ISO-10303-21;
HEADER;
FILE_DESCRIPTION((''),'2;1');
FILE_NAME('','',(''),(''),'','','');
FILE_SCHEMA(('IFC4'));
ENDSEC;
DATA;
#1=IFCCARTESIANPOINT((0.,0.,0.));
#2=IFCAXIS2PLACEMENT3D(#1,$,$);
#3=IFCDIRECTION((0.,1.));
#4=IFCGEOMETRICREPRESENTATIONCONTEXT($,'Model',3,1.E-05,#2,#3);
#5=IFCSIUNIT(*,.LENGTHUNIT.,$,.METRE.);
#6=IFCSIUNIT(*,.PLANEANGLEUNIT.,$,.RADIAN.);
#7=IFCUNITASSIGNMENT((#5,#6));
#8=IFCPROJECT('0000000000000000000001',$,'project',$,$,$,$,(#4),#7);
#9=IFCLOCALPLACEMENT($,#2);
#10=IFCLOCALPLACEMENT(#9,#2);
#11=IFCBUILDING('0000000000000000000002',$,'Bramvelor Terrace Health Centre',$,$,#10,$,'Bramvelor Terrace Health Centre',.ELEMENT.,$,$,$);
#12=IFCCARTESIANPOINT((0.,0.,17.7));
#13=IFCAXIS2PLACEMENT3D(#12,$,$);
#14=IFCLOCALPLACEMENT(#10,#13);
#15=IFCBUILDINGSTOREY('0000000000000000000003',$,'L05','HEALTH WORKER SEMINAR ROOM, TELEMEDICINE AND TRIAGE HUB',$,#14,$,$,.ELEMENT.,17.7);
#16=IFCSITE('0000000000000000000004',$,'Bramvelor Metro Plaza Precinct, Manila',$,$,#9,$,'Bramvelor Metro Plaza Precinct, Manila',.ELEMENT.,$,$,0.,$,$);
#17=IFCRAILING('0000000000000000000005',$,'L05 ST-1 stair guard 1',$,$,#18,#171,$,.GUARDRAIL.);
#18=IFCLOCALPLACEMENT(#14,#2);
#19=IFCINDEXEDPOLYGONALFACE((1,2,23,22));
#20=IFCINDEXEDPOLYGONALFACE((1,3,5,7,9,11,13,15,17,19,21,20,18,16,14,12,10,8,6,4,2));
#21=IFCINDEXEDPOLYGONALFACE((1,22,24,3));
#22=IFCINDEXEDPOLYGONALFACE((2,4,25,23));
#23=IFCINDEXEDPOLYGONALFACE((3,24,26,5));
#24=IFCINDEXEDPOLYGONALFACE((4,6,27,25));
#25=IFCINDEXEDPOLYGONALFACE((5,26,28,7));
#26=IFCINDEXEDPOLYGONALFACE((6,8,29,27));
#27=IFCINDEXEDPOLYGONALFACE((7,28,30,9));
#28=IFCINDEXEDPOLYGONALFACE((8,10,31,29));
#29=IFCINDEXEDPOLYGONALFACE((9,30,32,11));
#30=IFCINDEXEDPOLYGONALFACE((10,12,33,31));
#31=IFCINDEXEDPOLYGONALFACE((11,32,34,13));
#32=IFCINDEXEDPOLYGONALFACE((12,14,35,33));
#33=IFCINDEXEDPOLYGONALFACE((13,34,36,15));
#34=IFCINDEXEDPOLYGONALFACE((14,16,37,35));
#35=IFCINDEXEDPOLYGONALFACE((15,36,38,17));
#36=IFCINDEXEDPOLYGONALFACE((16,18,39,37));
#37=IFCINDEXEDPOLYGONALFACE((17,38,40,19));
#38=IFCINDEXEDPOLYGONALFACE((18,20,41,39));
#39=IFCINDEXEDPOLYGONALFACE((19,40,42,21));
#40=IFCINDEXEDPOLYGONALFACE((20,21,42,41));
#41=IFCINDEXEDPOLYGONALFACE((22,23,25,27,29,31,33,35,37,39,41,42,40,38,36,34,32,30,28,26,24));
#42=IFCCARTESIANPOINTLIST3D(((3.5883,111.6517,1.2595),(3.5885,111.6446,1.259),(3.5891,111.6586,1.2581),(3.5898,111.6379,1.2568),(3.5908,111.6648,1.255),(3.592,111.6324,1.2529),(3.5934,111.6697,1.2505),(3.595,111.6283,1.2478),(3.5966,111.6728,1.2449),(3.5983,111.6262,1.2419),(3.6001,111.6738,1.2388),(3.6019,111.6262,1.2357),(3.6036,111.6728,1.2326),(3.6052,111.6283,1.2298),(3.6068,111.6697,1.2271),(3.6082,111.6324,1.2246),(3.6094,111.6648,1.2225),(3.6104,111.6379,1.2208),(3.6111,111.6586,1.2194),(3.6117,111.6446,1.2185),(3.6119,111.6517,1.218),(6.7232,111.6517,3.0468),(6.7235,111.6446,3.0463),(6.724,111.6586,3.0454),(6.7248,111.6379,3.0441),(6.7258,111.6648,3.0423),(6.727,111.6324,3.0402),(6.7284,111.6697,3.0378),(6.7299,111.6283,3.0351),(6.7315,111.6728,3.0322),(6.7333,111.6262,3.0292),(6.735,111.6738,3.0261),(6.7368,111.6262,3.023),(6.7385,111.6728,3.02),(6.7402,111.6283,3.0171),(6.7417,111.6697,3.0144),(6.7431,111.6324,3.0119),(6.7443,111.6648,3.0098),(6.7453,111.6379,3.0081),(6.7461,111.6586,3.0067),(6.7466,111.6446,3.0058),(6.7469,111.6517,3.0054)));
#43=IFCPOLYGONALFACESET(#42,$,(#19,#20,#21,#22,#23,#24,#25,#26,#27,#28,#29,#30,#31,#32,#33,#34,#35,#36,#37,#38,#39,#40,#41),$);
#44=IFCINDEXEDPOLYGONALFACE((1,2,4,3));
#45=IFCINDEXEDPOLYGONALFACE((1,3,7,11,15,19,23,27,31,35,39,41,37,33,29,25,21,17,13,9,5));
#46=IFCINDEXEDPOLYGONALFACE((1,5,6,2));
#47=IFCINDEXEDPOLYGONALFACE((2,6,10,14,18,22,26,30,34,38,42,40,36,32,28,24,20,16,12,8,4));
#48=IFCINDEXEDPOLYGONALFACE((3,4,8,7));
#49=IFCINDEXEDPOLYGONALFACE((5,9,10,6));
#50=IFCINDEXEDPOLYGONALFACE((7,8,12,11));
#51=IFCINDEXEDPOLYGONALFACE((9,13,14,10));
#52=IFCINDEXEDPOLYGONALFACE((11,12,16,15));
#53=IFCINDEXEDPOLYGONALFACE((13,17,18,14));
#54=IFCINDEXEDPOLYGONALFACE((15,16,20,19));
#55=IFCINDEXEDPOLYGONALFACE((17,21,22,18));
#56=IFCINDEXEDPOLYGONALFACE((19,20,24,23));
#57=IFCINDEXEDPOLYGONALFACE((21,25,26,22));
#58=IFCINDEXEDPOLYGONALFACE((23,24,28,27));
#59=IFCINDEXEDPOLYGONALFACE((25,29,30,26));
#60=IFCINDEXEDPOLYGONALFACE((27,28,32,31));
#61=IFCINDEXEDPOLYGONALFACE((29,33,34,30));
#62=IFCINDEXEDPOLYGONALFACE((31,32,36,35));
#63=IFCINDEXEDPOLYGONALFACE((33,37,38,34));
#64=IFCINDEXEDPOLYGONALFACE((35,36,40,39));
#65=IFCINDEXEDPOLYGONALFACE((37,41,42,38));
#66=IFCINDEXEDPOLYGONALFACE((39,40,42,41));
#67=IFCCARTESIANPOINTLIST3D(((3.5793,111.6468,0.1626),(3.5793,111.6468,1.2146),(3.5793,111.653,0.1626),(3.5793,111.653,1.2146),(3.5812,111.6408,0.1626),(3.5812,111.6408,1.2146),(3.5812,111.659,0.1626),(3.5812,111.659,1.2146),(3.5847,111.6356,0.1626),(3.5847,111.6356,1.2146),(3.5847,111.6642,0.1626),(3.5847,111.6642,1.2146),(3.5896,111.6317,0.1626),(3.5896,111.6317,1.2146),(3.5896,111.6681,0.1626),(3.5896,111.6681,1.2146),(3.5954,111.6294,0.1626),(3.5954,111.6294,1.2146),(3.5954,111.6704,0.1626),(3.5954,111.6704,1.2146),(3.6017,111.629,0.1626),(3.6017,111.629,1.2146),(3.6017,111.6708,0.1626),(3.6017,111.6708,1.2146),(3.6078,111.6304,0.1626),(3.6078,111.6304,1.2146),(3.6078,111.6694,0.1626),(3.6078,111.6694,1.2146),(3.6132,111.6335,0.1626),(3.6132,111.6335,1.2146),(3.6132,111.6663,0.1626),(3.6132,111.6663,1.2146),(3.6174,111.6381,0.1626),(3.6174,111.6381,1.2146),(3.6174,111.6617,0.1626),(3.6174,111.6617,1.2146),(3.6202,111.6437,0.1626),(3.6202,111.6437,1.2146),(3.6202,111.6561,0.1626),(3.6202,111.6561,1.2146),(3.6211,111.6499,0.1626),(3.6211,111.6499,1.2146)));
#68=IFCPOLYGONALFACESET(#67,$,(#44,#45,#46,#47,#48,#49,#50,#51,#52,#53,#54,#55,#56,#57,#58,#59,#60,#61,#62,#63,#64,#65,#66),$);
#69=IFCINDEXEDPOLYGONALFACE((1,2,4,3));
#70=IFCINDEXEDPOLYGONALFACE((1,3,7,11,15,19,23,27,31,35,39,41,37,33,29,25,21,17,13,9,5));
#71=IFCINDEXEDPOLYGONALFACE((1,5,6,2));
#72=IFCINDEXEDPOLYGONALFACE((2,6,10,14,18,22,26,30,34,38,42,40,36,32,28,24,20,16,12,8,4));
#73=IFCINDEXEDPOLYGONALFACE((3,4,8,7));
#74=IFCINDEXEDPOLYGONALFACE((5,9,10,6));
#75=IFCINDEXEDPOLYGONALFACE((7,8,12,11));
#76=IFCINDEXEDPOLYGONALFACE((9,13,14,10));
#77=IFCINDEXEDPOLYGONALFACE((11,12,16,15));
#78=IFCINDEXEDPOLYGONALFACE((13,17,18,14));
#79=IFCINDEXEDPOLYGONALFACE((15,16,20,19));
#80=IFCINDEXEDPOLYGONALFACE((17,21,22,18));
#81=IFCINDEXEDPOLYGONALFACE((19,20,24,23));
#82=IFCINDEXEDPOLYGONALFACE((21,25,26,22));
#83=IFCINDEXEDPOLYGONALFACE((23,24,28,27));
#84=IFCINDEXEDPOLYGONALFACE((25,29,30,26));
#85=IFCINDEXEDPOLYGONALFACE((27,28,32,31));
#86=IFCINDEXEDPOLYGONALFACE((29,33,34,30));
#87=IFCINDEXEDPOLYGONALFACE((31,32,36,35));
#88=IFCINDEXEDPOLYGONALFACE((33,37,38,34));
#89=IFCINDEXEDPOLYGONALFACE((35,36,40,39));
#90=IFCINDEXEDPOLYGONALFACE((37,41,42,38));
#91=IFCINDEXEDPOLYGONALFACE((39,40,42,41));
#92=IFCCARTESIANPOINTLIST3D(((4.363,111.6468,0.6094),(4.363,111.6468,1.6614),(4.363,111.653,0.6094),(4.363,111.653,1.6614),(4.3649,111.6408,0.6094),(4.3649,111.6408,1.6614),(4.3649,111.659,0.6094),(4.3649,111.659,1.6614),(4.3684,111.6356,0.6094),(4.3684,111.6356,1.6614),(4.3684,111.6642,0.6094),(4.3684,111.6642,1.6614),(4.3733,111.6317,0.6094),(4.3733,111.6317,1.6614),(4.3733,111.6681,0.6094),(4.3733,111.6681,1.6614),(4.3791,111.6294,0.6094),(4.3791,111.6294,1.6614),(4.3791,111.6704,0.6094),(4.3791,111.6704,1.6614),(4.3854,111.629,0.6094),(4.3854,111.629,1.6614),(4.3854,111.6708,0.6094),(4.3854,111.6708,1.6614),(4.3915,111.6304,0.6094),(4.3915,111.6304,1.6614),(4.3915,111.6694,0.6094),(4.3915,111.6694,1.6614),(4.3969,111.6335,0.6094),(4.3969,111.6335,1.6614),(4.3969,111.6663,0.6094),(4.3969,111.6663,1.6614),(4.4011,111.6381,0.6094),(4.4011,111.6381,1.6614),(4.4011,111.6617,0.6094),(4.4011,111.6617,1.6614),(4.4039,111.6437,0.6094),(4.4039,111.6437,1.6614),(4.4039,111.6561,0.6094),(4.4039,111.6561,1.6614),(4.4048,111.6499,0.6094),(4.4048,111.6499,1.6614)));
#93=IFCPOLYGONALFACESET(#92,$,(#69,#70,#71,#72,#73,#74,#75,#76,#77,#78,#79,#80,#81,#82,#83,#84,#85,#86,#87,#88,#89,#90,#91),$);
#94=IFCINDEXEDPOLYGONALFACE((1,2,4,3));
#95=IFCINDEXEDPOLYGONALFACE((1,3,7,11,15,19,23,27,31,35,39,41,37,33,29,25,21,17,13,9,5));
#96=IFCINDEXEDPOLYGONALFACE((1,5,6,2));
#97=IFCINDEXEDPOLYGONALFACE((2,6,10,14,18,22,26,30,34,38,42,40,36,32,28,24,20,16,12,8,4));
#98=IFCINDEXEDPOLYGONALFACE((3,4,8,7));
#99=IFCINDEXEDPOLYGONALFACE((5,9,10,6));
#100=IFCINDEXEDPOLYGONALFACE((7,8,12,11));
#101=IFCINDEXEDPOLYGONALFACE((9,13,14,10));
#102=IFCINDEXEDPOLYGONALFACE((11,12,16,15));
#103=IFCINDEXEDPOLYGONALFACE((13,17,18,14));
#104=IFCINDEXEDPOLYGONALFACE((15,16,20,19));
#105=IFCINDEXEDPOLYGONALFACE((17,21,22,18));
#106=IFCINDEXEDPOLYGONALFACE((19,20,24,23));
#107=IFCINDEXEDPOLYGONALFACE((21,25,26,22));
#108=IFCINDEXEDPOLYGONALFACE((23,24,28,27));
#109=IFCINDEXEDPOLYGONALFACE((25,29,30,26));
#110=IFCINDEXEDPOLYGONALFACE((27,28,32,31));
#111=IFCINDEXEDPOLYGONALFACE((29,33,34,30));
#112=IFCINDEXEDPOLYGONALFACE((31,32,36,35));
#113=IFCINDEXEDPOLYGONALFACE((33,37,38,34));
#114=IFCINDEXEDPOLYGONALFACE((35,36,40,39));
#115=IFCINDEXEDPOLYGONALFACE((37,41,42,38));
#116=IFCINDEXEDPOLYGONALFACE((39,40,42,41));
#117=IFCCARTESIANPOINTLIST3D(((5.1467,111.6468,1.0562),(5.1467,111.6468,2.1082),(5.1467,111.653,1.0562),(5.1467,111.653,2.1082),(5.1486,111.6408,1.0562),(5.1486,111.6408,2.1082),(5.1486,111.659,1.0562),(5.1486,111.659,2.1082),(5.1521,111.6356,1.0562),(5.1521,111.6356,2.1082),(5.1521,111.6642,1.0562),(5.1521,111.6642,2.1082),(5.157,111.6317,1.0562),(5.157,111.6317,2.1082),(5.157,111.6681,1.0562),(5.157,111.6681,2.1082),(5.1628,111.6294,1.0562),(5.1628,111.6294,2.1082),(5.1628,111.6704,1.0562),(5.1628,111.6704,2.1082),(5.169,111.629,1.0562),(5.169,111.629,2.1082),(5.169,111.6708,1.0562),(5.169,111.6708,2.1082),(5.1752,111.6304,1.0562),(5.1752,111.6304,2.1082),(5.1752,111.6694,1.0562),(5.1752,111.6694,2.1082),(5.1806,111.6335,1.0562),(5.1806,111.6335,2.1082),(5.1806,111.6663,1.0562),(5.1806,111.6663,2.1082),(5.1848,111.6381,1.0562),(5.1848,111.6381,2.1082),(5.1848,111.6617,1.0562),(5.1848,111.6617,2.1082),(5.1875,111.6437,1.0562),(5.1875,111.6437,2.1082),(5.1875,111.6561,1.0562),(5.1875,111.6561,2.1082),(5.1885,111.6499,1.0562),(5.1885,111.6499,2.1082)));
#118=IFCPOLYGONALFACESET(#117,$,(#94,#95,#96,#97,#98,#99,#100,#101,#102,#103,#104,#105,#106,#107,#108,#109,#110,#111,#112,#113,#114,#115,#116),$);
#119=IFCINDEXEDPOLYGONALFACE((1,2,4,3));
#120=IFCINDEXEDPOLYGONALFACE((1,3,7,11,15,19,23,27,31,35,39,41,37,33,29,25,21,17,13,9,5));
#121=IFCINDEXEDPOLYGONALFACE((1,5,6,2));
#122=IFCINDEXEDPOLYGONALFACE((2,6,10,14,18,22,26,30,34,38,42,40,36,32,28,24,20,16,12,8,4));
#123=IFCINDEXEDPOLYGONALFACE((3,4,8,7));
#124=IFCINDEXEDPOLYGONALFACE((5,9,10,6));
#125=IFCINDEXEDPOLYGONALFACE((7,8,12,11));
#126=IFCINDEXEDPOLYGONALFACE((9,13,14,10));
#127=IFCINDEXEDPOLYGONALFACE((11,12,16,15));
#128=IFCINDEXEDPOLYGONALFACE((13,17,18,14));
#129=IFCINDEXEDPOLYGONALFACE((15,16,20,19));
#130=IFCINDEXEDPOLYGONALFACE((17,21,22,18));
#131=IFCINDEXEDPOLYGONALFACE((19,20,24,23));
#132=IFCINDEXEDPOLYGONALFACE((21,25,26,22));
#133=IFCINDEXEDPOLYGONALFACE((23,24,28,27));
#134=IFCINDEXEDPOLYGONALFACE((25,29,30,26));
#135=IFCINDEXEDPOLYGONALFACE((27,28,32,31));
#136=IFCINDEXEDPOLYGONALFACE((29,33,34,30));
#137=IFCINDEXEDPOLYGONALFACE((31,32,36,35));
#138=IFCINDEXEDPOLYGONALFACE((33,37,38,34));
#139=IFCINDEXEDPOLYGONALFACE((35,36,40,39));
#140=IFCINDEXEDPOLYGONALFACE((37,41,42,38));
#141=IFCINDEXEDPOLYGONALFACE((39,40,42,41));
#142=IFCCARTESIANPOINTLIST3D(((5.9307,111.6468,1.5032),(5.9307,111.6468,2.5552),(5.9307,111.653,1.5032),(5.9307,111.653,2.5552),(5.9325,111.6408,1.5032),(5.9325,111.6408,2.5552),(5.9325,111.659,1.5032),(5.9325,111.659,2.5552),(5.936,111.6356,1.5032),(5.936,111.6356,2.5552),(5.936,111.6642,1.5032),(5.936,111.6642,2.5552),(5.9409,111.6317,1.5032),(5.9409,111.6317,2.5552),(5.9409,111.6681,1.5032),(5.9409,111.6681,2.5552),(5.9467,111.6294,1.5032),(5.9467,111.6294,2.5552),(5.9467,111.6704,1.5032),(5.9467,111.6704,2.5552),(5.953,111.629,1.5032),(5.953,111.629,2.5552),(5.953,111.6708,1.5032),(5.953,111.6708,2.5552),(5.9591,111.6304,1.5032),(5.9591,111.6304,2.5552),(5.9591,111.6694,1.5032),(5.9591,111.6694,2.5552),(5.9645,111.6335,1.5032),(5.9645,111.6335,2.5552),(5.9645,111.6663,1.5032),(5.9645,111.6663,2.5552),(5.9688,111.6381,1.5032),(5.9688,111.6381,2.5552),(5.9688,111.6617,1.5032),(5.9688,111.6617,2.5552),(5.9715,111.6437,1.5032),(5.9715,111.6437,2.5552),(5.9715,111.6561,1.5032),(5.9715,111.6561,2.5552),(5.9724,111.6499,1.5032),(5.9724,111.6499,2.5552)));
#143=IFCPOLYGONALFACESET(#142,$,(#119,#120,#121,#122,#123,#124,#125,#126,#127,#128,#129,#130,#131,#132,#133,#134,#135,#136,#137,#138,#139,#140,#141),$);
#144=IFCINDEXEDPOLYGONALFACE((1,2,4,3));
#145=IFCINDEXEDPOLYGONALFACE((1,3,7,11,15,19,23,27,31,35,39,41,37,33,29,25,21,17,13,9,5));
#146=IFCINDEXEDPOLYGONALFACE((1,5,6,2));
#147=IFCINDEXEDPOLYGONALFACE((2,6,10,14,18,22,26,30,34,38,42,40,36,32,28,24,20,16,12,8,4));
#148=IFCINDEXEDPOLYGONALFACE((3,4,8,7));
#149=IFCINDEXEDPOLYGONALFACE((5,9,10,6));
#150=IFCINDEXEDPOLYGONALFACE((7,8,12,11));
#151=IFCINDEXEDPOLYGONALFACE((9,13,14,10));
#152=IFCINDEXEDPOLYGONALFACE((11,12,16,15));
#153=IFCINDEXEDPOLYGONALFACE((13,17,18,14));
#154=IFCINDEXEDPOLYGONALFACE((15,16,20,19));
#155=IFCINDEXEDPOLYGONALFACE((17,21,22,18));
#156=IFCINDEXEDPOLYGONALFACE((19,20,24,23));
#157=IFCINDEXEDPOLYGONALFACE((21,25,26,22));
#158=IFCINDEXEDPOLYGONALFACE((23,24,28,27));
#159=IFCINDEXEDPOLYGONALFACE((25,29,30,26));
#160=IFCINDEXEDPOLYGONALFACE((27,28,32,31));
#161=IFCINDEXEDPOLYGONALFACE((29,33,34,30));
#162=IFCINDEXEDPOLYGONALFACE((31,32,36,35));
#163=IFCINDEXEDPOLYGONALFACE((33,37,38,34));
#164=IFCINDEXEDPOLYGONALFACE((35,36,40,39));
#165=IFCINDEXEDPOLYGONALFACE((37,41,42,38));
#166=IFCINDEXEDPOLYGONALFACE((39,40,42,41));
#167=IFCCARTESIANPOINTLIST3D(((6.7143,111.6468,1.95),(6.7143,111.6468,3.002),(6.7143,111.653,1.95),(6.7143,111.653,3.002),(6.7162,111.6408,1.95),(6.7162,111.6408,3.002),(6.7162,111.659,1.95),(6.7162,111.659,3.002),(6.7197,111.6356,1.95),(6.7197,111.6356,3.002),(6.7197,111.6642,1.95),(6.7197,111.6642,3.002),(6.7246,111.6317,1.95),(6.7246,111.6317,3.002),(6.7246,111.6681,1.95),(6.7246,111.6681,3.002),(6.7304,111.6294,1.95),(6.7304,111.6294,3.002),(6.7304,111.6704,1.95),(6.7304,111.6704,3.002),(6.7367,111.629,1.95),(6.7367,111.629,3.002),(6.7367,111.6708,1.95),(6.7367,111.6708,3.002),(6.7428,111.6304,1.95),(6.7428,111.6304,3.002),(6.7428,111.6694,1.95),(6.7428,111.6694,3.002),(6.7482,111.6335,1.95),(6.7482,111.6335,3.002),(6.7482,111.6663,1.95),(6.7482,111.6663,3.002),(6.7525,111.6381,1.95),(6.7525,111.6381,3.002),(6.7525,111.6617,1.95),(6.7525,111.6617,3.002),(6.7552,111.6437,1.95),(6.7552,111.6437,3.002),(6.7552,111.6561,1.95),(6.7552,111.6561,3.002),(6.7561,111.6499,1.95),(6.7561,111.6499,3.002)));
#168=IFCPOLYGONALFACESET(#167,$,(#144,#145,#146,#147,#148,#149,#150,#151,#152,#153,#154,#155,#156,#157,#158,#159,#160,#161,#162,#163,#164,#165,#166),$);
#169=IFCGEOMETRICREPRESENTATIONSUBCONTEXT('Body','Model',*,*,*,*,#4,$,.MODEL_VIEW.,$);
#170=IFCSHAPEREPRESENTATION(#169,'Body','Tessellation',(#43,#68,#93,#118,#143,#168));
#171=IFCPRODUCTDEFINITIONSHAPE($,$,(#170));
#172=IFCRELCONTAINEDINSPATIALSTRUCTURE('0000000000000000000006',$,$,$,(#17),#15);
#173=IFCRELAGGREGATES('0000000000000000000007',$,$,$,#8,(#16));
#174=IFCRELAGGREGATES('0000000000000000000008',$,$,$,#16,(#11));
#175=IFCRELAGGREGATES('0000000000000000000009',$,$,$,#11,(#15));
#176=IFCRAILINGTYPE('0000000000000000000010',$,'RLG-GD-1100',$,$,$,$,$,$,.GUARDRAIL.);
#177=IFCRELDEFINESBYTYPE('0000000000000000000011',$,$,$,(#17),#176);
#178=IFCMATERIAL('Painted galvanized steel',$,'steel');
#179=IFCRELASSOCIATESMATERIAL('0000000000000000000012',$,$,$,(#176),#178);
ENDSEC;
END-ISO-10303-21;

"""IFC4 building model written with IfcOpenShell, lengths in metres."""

from ifc_helpers import new_model, si_unit, direction, frame, origin, origin_2d, place, context, subcontext, project, spatial, circle, extrude, material, type_object, element, save


model = new_model("IFC4")

# Units and contexts
model_context = context("Model", 3, precision=1e-05, world=origin(), true_north=direction((0.0, 1.0)))
body_context = subcontext(model_context, "Body", "Model", "MODEL_VIEW")
ifc_project = project(units=[si_unit("LENGTHUNIT", "METRE"), si_unit("PLANEANGLEUNIT", "RADIAN")], contexts=[model_context])

# Site, building, storey
site_placement = place(None, origin())
site = spatial("IfcSite", under=ifc_project, at=site_placement, Name="Bramvelor Metro Plaza Precinct, Manila", LongName="Bramvelor Metro Plaza Precinct, Manila", CompositionType="ELEMENT", RefElevation=0.0)
building_placement = place(site_placement, origin())
building = spatial("IfcBuilding", under=site, at=building_placement, Name="Bramvelor Terrace Health Centre", LongName="Bramvelor Terrace Health Centre", CompositionType="ELEMENT")
storey_placement = place(building_placement, frame((0.0, 0.0, 17.7)))
storey = spatial("IfcBuildingStorey", under=building, at=storey_placement, Name="L05", Description="HEALTH WORKER SEMINAR ROOM, TELEMEDICINE AND TRIAGE HUB", CompositionType="ELEMENT", Elevation=17.7)

# Railing
ifc_material_1 = material(Name="Painted galvanized steel", Category="steel")
railing_type_1 = type_object("IfcRailingType", Name="RLG-GD-1100", PredefinedType="GUARDRAIL", material=ifc_material_1)
railing_1_placement = place(storey_placement, frame((3.6001, 111.6499, 0.1626)))
element("IfcRailing", 1, at=railing_1_placement, inside=storey, type_object=railing_type_1, Name="L05 ST-1 stair guard 1", PredefinedType="GUARDRAIL", context=body_context, shape_type="SweptSolid", body=[
    extrude(circle(Radius=0.0239, at=origin_2d()), frame((0.0, 0.0, 1.0762), z_axis=(0.86873, 0.0, 0.495286), x_axis=(0.0, 1.0, 0.0)), (0.0, 0.0, 1.0), 3.6086),
    extrude(circle(Radius=0.021, at=origin_2d()), origin(), (0.0, 0.0, 1.0), 1.052),
    extrude(circle(Radius=0.021, at=origin_2d()), frame((0.7837, 0.0, 0.4468)), (0.0, 0.0, 1.0), 1.052),
    extrude(circle(Radius=0.021, at=origin_2d()), frame((1.5674, 0.0, 0.8936)), (0.0, 0.0, 1.0), 1.052),
    extrude(circle(Radius=0.021, at=origin_2d()), frame((2.3513, 0.0, 1.3406)), (0.0, 0.0, 1.0), 1.052),
    extrude(circle(Radius=0.021, at=origin_2d()), frame((3.135, 0.0, 1.7874)), (0.0, 0.0, 1.0), 1.052),
])

save(model, "model.ifc")
